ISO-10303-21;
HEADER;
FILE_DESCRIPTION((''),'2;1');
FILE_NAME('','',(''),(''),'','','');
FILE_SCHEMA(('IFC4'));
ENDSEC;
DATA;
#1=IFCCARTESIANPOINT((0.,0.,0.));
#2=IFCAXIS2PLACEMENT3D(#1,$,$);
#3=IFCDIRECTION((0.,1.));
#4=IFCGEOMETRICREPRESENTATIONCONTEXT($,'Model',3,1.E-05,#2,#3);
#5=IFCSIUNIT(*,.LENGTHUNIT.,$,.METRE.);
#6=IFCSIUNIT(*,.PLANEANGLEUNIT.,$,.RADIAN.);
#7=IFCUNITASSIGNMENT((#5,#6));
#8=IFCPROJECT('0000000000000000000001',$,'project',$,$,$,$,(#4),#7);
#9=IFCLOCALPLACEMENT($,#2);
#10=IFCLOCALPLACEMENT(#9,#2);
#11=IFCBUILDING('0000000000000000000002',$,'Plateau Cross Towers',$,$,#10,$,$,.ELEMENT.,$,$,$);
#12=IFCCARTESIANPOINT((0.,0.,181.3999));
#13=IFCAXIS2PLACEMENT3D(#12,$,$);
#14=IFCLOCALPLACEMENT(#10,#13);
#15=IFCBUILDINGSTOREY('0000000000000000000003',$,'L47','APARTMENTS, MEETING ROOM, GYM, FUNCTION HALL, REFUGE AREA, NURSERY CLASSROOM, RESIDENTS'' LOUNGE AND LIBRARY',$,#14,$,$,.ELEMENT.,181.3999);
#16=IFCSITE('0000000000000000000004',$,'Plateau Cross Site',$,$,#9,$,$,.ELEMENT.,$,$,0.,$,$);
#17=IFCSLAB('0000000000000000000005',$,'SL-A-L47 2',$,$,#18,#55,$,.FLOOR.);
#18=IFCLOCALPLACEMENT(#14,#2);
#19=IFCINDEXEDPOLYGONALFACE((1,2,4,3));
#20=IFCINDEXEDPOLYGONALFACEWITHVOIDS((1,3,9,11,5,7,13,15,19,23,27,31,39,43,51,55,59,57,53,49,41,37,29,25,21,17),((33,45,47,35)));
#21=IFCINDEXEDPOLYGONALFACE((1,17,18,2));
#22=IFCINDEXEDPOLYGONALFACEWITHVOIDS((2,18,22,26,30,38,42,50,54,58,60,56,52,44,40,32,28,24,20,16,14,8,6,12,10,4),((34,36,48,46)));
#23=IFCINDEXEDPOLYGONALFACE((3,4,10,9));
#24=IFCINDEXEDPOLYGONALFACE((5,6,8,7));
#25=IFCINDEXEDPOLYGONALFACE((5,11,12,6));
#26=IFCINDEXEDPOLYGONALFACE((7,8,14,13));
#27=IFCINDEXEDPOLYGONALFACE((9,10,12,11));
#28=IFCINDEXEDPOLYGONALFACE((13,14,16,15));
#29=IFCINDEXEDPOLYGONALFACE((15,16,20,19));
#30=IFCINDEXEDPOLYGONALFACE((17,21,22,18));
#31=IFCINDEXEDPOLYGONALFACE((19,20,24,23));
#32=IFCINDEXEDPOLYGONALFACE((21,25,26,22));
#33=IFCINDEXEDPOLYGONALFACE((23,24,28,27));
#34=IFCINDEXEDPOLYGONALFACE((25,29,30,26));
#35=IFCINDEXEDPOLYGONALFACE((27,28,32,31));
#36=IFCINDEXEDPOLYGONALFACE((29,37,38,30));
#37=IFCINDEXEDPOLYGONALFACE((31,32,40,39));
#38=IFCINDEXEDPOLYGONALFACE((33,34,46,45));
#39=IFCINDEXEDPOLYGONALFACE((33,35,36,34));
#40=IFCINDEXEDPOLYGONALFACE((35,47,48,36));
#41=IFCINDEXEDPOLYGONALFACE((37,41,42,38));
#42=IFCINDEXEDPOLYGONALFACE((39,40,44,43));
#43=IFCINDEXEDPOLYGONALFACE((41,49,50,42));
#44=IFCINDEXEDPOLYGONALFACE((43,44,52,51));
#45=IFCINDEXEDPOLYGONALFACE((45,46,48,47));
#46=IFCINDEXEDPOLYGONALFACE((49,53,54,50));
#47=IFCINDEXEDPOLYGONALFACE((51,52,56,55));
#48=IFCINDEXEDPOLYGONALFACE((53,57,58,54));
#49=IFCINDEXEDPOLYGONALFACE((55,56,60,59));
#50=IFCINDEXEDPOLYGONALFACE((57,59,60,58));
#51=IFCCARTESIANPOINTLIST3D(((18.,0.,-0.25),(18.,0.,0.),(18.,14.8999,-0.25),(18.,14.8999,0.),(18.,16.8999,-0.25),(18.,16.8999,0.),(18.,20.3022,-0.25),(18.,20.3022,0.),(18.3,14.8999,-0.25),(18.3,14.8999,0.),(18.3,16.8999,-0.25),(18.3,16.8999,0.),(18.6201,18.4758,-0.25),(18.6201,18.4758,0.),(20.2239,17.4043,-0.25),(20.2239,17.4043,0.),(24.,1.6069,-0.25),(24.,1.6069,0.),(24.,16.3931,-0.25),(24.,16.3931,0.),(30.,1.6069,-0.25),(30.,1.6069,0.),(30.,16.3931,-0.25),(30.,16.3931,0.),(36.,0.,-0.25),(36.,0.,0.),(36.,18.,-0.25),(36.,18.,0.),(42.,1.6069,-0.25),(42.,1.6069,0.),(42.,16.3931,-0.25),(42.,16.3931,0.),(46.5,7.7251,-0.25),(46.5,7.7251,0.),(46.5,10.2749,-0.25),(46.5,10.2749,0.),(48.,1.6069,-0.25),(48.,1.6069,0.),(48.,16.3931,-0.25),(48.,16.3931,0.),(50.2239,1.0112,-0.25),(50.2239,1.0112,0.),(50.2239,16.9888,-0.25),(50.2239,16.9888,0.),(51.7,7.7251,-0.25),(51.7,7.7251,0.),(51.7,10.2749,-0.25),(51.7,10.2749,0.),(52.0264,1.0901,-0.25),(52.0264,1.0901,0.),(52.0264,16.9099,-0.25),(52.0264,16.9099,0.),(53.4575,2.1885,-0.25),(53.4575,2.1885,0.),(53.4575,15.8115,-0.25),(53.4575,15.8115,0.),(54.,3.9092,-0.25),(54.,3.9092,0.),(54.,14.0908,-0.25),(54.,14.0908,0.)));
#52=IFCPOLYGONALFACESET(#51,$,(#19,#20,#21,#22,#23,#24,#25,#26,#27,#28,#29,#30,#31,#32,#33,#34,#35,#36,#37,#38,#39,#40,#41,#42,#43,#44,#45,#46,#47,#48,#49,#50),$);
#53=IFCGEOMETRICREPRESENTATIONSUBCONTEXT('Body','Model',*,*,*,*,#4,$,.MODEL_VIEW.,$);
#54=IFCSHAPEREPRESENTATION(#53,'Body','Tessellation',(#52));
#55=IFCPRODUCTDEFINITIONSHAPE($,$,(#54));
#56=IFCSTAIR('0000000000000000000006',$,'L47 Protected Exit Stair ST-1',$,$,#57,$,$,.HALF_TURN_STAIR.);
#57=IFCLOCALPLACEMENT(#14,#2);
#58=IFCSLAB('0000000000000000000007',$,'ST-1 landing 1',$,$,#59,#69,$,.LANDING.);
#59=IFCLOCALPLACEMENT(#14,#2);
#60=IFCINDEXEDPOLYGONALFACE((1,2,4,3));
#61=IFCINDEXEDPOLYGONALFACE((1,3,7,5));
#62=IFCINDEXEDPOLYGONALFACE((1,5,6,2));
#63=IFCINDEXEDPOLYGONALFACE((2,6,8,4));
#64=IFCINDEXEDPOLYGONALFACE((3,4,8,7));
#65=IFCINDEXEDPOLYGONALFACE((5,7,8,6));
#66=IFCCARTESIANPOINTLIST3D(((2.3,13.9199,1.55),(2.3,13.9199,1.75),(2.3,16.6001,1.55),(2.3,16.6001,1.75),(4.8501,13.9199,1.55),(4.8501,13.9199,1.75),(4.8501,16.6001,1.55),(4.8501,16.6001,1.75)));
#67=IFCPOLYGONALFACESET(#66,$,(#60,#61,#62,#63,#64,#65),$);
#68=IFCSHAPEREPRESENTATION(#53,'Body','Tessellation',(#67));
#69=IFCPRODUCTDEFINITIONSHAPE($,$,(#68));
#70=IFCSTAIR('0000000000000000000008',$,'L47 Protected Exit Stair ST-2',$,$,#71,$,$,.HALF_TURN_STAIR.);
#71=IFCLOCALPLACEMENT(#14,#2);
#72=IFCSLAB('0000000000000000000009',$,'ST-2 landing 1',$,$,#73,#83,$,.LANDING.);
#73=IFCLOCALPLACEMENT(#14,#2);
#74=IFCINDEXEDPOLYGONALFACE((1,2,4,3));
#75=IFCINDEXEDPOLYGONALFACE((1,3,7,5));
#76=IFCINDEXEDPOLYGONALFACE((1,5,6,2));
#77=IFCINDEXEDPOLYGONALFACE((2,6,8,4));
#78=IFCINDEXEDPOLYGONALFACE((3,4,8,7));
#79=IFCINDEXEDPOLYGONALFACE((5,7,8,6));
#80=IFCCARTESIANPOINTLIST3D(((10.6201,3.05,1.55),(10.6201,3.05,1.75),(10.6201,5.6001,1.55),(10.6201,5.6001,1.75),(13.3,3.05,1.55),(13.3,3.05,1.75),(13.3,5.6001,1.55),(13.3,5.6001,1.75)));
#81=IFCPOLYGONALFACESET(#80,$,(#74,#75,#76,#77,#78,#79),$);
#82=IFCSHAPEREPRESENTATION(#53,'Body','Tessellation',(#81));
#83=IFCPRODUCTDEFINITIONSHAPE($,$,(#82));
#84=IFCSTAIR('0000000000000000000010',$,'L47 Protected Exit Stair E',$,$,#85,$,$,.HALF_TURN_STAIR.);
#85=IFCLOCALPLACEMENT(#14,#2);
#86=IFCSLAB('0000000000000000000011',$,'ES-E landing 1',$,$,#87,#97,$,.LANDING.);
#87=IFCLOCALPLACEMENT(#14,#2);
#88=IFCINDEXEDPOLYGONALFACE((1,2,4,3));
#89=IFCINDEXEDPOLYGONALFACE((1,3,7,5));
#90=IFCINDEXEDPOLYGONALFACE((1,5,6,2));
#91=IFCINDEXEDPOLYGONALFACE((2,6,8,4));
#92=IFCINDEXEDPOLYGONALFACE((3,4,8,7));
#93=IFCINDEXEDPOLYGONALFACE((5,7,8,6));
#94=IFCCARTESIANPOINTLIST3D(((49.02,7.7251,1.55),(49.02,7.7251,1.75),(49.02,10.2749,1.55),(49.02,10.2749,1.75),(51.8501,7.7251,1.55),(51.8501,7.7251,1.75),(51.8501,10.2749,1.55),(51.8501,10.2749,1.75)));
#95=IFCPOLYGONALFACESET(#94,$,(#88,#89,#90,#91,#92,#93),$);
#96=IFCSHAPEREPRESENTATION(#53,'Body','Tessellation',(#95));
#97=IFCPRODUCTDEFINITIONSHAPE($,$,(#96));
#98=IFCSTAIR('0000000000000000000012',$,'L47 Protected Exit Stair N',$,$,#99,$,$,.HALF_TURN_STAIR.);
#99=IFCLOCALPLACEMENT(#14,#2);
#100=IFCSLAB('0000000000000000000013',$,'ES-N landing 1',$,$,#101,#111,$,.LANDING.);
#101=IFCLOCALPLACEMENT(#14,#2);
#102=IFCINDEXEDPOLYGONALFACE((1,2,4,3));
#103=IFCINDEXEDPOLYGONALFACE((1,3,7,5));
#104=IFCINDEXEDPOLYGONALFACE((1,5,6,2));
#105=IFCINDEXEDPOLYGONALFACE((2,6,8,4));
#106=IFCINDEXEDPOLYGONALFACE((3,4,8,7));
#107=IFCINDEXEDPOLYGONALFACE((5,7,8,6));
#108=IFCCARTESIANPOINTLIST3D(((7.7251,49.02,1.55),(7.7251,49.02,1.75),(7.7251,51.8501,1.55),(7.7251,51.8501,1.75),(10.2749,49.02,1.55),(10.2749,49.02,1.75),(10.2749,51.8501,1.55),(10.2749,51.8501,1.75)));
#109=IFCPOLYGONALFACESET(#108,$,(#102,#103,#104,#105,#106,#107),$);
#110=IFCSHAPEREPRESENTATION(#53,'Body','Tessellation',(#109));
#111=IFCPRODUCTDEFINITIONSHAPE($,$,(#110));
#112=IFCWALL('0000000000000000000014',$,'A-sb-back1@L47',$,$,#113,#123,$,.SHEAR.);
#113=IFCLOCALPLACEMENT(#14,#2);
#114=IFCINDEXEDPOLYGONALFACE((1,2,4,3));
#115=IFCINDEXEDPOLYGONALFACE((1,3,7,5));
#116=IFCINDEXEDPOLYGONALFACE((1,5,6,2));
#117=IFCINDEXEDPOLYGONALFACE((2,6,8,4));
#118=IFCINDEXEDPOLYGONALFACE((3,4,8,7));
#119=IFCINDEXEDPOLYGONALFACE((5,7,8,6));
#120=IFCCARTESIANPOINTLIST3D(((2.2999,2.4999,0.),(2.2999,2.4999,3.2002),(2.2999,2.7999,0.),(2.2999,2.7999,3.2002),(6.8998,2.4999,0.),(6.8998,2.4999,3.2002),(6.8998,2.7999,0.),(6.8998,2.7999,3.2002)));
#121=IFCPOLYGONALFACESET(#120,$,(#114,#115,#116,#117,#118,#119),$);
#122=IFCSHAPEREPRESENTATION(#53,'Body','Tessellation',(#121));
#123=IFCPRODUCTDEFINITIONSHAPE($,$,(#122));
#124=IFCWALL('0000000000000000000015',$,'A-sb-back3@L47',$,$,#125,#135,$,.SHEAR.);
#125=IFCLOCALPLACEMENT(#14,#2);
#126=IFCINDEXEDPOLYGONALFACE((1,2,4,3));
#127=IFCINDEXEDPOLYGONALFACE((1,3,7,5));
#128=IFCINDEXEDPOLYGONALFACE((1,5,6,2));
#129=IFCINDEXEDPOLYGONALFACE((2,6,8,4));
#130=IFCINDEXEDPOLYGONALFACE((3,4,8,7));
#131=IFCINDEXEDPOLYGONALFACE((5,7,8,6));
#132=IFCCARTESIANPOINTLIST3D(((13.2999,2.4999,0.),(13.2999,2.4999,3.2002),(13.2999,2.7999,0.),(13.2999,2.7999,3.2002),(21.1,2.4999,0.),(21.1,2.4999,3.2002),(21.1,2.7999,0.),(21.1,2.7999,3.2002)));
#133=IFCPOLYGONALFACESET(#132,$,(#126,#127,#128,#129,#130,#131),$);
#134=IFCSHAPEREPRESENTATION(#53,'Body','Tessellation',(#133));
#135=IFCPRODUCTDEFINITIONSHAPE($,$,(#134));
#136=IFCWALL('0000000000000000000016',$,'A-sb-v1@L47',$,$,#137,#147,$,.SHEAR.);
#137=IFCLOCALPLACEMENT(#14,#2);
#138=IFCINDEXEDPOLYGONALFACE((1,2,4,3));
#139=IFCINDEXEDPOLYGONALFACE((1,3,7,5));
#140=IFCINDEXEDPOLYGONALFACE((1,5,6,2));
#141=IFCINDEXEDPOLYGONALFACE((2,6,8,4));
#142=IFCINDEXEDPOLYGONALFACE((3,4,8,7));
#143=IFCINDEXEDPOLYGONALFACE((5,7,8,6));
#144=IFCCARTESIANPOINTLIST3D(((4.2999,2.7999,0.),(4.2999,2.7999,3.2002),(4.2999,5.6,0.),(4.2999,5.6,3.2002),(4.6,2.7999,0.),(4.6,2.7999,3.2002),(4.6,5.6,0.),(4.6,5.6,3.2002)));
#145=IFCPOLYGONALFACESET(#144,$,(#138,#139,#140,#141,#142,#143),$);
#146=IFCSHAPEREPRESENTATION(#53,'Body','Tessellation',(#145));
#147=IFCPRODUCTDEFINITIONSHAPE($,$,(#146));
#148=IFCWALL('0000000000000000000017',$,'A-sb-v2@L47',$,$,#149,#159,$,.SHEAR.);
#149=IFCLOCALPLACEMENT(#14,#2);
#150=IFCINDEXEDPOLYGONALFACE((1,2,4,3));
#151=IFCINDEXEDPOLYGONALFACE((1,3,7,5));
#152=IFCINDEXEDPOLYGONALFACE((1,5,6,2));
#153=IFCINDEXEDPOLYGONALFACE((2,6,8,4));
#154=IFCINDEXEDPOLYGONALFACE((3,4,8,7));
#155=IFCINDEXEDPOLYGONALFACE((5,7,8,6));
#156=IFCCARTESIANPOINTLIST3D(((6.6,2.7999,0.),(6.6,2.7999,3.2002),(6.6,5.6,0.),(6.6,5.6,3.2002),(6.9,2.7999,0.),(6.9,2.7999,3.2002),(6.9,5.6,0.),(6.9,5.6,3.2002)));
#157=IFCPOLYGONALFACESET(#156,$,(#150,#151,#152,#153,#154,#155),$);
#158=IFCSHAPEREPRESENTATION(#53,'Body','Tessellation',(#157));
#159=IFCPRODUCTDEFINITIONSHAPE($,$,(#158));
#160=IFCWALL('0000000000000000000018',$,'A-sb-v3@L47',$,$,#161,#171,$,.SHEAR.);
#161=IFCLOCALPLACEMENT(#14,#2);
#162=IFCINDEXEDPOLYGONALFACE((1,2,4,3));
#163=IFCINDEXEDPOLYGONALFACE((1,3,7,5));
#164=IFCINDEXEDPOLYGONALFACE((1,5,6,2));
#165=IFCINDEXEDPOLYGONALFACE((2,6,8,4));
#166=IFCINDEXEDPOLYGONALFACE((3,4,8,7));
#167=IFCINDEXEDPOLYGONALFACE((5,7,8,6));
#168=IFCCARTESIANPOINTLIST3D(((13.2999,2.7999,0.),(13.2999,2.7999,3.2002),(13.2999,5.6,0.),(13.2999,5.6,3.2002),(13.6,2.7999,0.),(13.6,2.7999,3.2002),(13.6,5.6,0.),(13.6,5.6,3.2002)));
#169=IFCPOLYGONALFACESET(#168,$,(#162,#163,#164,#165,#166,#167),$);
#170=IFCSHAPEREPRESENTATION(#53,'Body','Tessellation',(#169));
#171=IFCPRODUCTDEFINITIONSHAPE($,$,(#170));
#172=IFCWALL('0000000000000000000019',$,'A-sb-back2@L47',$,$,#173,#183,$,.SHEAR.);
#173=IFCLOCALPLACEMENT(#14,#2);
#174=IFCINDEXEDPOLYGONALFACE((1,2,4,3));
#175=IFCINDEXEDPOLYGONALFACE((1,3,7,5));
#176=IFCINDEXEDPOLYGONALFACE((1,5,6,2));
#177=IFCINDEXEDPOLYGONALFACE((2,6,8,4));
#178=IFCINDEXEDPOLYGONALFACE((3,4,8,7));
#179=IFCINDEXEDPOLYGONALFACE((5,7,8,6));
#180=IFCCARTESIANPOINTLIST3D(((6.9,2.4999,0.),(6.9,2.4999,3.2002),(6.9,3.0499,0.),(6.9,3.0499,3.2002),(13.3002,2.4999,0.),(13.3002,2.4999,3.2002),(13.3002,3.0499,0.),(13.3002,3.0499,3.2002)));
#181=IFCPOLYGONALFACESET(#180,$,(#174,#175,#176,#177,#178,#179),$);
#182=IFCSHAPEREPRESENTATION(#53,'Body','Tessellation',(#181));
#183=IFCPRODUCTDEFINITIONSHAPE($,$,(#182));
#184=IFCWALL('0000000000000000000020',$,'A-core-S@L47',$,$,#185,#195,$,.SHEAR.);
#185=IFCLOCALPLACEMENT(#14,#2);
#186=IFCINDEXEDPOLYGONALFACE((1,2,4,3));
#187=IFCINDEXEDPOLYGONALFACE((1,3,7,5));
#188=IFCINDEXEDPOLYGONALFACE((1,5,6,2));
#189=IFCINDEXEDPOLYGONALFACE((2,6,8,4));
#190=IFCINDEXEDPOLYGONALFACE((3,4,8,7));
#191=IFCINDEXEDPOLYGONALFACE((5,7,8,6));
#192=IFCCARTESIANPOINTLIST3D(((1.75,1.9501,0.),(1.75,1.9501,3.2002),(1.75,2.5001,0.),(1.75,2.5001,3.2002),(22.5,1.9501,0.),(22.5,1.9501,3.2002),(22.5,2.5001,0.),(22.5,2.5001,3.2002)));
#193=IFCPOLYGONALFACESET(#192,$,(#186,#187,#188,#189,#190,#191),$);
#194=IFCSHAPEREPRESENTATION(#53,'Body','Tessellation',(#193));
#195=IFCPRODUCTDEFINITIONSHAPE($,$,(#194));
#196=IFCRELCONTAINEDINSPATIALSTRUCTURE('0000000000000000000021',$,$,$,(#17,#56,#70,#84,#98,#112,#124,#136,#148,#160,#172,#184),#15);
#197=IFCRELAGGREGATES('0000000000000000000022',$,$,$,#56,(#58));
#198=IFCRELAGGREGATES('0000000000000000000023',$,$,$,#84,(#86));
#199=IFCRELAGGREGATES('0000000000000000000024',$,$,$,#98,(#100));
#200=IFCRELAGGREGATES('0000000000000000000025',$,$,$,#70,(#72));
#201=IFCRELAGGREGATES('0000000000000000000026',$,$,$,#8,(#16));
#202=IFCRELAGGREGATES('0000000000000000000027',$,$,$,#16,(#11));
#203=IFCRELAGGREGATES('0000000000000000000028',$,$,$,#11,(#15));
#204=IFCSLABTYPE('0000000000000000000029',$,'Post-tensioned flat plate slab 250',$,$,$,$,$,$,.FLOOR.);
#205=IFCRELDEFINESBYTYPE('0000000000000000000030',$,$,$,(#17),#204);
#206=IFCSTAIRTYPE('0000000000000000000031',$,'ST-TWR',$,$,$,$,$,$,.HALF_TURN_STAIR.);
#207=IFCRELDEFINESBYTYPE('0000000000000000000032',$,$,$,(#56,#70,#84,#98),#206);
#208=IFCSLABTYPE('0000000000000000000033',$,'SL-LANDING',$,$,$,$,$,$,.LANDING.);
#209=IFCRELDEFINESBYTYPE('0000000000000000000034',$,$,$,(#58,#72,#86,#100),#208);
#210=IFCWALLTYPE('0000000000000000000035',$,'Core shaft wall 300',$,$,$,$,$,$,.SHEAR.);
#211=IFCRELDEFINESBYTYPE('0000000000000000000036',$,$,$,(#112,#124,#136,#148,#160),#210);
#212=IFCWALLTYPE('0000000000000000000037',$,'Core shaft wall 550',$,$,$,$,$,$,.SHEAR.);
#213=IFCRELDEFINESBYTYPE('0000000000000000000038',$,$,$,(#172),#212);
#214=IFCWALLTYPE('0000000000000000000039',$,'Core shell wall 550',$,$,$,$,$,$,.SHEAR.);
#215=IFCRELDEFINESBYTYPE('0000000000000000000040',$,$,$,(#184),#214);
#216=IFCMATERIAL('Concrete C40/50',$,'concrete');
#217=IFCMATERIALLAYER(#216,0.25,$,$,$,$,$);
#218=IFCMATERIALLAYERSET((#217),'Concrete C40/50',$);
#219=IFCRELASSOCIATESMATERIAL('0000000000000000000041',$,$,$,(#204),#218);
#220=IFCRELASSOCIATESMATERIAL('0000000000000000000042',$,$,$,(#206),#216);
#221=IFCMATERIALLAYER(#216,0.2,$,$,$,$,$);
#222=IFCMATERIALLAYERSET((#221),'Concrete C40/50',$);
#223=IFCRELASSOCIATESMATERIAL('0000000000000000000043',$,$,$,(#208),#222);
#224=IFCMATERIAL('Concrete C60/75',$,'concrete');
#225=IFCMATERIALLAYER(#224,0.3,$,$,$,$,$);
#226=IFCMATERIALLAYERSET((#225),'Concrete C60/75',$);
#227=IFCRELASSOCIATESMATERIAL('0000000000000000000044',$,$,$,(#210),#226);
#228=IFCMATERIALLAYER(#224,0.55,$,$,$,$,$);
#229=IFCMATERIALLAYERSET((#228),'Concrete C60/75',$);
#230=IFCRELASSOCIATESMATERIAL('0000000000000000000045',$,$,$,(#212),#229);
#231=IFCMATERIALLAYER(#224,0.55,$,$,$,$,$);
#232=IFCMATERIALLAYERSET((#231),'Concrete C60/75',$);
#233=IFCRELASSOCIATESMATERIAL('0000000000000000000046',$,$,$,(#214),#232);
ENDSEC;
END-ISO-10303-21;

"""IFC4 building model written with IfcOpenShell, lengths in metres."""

from ifc_helpers import new_model, si_unit, direction, frame, frame_2d, origin, place, context, subcontext, project, spatial, polyline, rectangle, outline, extrude, material, layer, layer_set, type_object, element, aggregate, save


model = new_model("IFC4")

# Units and contexts
model_context = context("Model", 3, precision=1e-05, world=origin(), true_north=direction((0.0, 1.0)))
body_context = subcontext(model_context, "Body", "Model", "MODEL_VIEW")
ifc_project = project(units=[si_unit("LENGTHUNIT", "METRE"), si_unit("PLANEANGLEUNIT", "RADIAN")], contexts=[model_context])

# Site, building, storey
site_placement = place(None, origin())
site = spatial("IfcSite", under=ifc_project, at=site_placement, Name="Plateau Cross Site", CompositionType="ELEMENT", RefElevation=0.0)
building_placement = place(site_placement, origin())
building = spatial("IfcBuilding", under=site, at=building_placement, Name="Plateau Cross Towers", CompositionType="ELEMENT")
storey_placement = place(building_placement, frame((0.0, 0.0, 181.3999)))
storey = spatial("IfcBuildingStorey", under=building, at=storey_placement, Name="L47", Description="APARTMENTS, MEETING ROOM, GYM, FUNCTION HALL, REFUGE AREA, NURSERY CLASSROOM, RESIDENTS' LOUNGE AND LIBRARY", CompositionType="ELEMENT", Elevation=181.3999)

# Shared definitions
ifc_material_1 = material(Name="Concrete C60/75", Category="concrete")

# Shared definitions
ifc_material_2 = material(Name="Concrete C40/50", Category="concrete")

# Slab
ifc_layer_1 = layer(ifc_material_2, 0.25)
ifc_layer_set_1 = layer_set([ifc_layer_1], Name="Concrete C40/50")
slab_type_1 = type_object("IfcSlabType", Name="Post-tensioned flat plate slab 250", PredefinedType="FLOOR", material=ifc_layer_set_1)
slab_1_placement = place(storey_placement, frame((0.0, 0.0, -0.25)))
element("IfcSlab", 1, at=slab_1_placement, inside=storey, type_object=slab_type_1, Name="SL-A-L47 2", PredefinedType="FLOOR", context=body_context, shape_type="SweptSolid", body=[
    extrude(outline(polyline([(18.6201, 18.4758), (20.2239, 17.4043), (24.0, 16.3931), (30.0, 16.3931), (36.0, 18.0), (42.0, 16.3931), (48.0, 16.3931), (50.2239, 16.9888), (52.0264, 16.9099), (53.4575, 15.8115), (54.0, 14.0908), (54.0, 3.9092), (53.4575, 2.1885), (52.0264, 1.0901), (50.2239, 1.0112), (48.0, 1.6069), (42.0, 1.6069), (36.0, 0.0), (30.0, 1.6069), (24.0, 1.6069), (18.0, 0.0), (18.0, 14.8999), (18.3, 14.8999), (18.3, 16.8999), (18.0, 16.8999), (18.0, 20.3022), (18.6201, 18.4758)]), holes=[polyline([(46.5, 10.2749), (46.5, 7.7251), (51.7, 7.7251), (51.7, 10.2749), (46.5, 10.2749)])]), origin(), (0.0, 0.0, 1.0), 0.25),
])

# Stairs, slabs
stair_type = type_object("IfcStairType", Name="ST-TWR", PredefinedType="HALF_TURN_STAIR", material=ifc_material_2)
stair_1_placement = place(storey_placement, origin())
stair_1 = element("IfcStair", 2, at=stair_1_placement, inside=storey, type_object=stair_type, Name="L47 Protected Exit Stair ST-1", PredefinedType="HALF_TURN_STAIR")
ifc_layer_2 = layer(ifc_material_2, 0.2)
ifc_layer_set_2 = layer_set([ifc_layer_2], Name="Concrete C40/50")
slab_type_2 = type_object("IfcSlabType", Name="SL-LANDING", PredefinedType="LANDING", material=ifc_layer_set_2)
slab_2_placement = place(storey_placement, frame((0.0, 0.0, 1.55)))
slab_2 = element("IfcSlab", 3, at=slab_2_placement, type_object=slab_type_2, Name="ST-1 landing 1", PredefinedType="LANDING", context=body_context, shape_type="SweptSolid", body=[
    extrude(outline(polyline([(4.8501, 13.9199), (4.8501, 16.6001), (2.3, 16.6001), (2.3, 13.9199), (4.8501, 13.9199)])), origin(), (0.0, 0.0, 1.0), 0.2),
])
aggregate(stair_1, [slab_2])
stair_2_placement = place(storey_placement, origin())
stair_2 = element("IfcStair", 4, at=stair_2_placement, inside=storey, type_object=stair_type, Name="L47 Protected Exit Stair ST-2", PredefinedType="HALF_TURN_STAIR")
slab_3_placement = place(storey_placement, frame((0.0, 0.0, 1.55)))
slab_3 = element("IfcSlab", 5, at=slab_3_placement, type_object=slab_type_2, Name="ST-2 landing 1", PredefinedType="LANDING", context=body_context, shape_type="SweptSolid", body=[
    extrude(outline(polyline([(10.6201, 3.05), (13.3, 3.05), (13.3, 5.6001), (10.6201, 5.6001), (10.6201, 3.05)])), origin(), (0.0, 0.0, 1.0), 0.2),
])
stair_3_placement = place(storey_placement, origin())
stair_3 = element("IfcStair", 6, at=stair_3_placement, inside=storey, type_object=stair_type, Name="L47 Protected Exit Stair E", PredefinedType="HALF_TURN_STAIR")
slab_4_placement = place(storey_placement, frame((0.0, 0.0, 1.55)))
slab_4 = element("IfcSlab", 7, at=slab_4_placement, type_object=slab_type_2, Name="ES-E landing 1", PredefinedType="LANDING", context=body_context, shape_type="SweptSolid", body=[
    extrude(outline(polyline([(49.02, 7.7251), (51.8501, 7.7251), (51.8501, 10.2749), (49.02, 10.2749), (49.02, 7.7251)])), origin(), (0.0, 0.0, 1.0), 0.2),
])
aggregate(stair_3, [slab_4])
stair_4_placement = place(storey_placement, origin())
stair_4 = element("IfcStair", 8, at=stair_4_placement, inside=storey, type_object=stair_type, Name="L47 Protected Exit Stair N", PredefinedType="HALF_TURN_STAIR")
slab_5_placement = place(storey_placement, frame((0.0, 0.0, 1.55)))
slab_5 = element("IfcSlab", 9, at=slab_5_placement, type_object=slab_type_2, Name="ES-N landing 1", PredefinedType="LANDING", context=body_context, shape_type="SweptSolid", body=[
    extrude(outline(polyline([(10.2749, 49.02), (10.2749, 51.8501), (7.7251, 51.8501), (7.7251, 49.02), (10.2749, 49.02)])), origin(), (0.0, 0.0, 1.0), 0.2),
])
aggregate(stair_4, [slab_5])

# Walls
ifc_layer_3 = layer(ifc_material_1, 0.3)
ifc_layer_set_3 = layer_set([ifc_layer_3], Name="Concrete C60/75")
wall_type_1 = type_object("IfcWallType", Name="Core shaft wall 300", PredefinedType="SHEAR", material=ifc_layer_set_3)
wall_1_placement = place(storey_placement, frame((2.3, 2.6499, 0.0), z_axis=(0.0, 0.0, 1.0), x_axis=(1.0, 0.0, 0.0)))
element("IfcWall", 10, at=wall_1_placement, inside=storey, type_object=wall_type_1, Name="A-sb-back1@L47", PredefinedType="SHEAR", context=body_context, shape_type="SweptSolid", body=[
    extrude(rectangle(XDim=4.5999, YDim=0.3, at=frame_2d((2.2998, 0.0))), origin(), (0.0, 0.0, 1.0), 3.2002),
])
wall_2_placement = place(storey_placement, frame((13.3, 2.6499, 0.0), z_axis=(0.0, 0.0, 1.0), x_axis=(1.0, 0.0, 0.0)))
element("IfcWall", 11, at=wall_2_placement, inside=storey, type_object=wall_type_1, Name="A-sb-back3@L47", PredefinedType="SHEAR", context=body_context, shape_type="SweptSolid", body=[
    extrude(rectangle(XDim=7.8, YDim=0.3, at=frame_2d((3.8999, 0.0))), origin(), (0.0, 0.0, 1.0), 3.2002),
])
for number, where, z_axis, x_axis, name in (
    (12, (4.45, 2.8, 0.0), (0.0, 0.0, 1.0), (0.0, 1.0, 0.0), "A-sb-v1@L47"),
    (13, (6.75, 2.8, 0.0), (0.0, 0.0, 1.0), (0.0, 1.0, 0.0), "A-sb-v2@L47"),
    (14, (13.45, 2.8, 0.0), (0.0, 0.0, 1.0), (0.0, 1.0, 0.0), "A-sb-v3@L47"),
):
    element("IfcWall", number, at=place(storey_placement, frame(where, z_axis=z_axis, x_axis=x_axis)), inside=storey, type_object=wall_type_1, Name=name, PredefinedType="SHEAR", context=body_context, shape_type="SweptSolid", body=[
        extrude(rectangle(XDim=2.8, YDim=0.3, at=frame_2d((1.3999, 0.0))), origin(), (0.0, 0.0, 1.0), 3.2002),
    ])
ifc_layer_4 = layer(ifc_material_1, 0.55)
ifc_layer_set_4 = layer_set([ifc_layer_4], Name="Concrete C60/75")
wall_type_2 = type_object("IfcWallType", Name="Core shaft wall 550", PredefinedType="SHEAR", material=ifc_layer_set_4)
wall_3_placement = place(storey_placement, frame((6.8999, 2.7749, 0.0), z_axis=(0.0, 0.0, 1.0), x_axis=(1.0, 0.0, 0.0)))
element("IfcWall", 15, at=wall_3_placement, inside=storey, type_object=wall_type_2, Name="A-sb-back2@L47", PredefinedType="SHEAR", context=body_context, shape_type="SweptSolid", body=[
    extrude(rectangle(XDim=6.4001, YDim=0.55, at=frame_2d((3.2002, 0.0))), origin(), (0.0, 0.0, 1.0), 3.2002),
])
ifc_layer_5 = layer(ifc_material_1, 0.55)
ifc_layer_set_5 = layer_set([ifc_layer_5], Name="Concrete C60/75")
wall_type_3 = type_object("IfcWallType", Name="Core shell wall 550", PredefinedType="SHEAR", material=ifc_layer_set_5)
wall_4_placement = place(storey_placement, frame((1.75, 2.2251, 0.0), z_axis=(0.0, 0.0, 1.0), x_axis=(1.0, 0.0, 0.0)))
element("IfcWall", 16, at=wall_4_placement, inside=storey, type_object=wall_type_3, Name="A-core-S@L47", PredefinedType="SHEAR", context=body_context, shape_type="SweptSolid", body=[
    extrude(rectangle(XDim=20.75, YDim=0.55, at=frame_2d((10.375, 0.0))), origin(), (0.0, 0.0, 1.0), 3.2002),
])

aggregate(stair_2, [slab_3])

save(model, "model.ifc")
